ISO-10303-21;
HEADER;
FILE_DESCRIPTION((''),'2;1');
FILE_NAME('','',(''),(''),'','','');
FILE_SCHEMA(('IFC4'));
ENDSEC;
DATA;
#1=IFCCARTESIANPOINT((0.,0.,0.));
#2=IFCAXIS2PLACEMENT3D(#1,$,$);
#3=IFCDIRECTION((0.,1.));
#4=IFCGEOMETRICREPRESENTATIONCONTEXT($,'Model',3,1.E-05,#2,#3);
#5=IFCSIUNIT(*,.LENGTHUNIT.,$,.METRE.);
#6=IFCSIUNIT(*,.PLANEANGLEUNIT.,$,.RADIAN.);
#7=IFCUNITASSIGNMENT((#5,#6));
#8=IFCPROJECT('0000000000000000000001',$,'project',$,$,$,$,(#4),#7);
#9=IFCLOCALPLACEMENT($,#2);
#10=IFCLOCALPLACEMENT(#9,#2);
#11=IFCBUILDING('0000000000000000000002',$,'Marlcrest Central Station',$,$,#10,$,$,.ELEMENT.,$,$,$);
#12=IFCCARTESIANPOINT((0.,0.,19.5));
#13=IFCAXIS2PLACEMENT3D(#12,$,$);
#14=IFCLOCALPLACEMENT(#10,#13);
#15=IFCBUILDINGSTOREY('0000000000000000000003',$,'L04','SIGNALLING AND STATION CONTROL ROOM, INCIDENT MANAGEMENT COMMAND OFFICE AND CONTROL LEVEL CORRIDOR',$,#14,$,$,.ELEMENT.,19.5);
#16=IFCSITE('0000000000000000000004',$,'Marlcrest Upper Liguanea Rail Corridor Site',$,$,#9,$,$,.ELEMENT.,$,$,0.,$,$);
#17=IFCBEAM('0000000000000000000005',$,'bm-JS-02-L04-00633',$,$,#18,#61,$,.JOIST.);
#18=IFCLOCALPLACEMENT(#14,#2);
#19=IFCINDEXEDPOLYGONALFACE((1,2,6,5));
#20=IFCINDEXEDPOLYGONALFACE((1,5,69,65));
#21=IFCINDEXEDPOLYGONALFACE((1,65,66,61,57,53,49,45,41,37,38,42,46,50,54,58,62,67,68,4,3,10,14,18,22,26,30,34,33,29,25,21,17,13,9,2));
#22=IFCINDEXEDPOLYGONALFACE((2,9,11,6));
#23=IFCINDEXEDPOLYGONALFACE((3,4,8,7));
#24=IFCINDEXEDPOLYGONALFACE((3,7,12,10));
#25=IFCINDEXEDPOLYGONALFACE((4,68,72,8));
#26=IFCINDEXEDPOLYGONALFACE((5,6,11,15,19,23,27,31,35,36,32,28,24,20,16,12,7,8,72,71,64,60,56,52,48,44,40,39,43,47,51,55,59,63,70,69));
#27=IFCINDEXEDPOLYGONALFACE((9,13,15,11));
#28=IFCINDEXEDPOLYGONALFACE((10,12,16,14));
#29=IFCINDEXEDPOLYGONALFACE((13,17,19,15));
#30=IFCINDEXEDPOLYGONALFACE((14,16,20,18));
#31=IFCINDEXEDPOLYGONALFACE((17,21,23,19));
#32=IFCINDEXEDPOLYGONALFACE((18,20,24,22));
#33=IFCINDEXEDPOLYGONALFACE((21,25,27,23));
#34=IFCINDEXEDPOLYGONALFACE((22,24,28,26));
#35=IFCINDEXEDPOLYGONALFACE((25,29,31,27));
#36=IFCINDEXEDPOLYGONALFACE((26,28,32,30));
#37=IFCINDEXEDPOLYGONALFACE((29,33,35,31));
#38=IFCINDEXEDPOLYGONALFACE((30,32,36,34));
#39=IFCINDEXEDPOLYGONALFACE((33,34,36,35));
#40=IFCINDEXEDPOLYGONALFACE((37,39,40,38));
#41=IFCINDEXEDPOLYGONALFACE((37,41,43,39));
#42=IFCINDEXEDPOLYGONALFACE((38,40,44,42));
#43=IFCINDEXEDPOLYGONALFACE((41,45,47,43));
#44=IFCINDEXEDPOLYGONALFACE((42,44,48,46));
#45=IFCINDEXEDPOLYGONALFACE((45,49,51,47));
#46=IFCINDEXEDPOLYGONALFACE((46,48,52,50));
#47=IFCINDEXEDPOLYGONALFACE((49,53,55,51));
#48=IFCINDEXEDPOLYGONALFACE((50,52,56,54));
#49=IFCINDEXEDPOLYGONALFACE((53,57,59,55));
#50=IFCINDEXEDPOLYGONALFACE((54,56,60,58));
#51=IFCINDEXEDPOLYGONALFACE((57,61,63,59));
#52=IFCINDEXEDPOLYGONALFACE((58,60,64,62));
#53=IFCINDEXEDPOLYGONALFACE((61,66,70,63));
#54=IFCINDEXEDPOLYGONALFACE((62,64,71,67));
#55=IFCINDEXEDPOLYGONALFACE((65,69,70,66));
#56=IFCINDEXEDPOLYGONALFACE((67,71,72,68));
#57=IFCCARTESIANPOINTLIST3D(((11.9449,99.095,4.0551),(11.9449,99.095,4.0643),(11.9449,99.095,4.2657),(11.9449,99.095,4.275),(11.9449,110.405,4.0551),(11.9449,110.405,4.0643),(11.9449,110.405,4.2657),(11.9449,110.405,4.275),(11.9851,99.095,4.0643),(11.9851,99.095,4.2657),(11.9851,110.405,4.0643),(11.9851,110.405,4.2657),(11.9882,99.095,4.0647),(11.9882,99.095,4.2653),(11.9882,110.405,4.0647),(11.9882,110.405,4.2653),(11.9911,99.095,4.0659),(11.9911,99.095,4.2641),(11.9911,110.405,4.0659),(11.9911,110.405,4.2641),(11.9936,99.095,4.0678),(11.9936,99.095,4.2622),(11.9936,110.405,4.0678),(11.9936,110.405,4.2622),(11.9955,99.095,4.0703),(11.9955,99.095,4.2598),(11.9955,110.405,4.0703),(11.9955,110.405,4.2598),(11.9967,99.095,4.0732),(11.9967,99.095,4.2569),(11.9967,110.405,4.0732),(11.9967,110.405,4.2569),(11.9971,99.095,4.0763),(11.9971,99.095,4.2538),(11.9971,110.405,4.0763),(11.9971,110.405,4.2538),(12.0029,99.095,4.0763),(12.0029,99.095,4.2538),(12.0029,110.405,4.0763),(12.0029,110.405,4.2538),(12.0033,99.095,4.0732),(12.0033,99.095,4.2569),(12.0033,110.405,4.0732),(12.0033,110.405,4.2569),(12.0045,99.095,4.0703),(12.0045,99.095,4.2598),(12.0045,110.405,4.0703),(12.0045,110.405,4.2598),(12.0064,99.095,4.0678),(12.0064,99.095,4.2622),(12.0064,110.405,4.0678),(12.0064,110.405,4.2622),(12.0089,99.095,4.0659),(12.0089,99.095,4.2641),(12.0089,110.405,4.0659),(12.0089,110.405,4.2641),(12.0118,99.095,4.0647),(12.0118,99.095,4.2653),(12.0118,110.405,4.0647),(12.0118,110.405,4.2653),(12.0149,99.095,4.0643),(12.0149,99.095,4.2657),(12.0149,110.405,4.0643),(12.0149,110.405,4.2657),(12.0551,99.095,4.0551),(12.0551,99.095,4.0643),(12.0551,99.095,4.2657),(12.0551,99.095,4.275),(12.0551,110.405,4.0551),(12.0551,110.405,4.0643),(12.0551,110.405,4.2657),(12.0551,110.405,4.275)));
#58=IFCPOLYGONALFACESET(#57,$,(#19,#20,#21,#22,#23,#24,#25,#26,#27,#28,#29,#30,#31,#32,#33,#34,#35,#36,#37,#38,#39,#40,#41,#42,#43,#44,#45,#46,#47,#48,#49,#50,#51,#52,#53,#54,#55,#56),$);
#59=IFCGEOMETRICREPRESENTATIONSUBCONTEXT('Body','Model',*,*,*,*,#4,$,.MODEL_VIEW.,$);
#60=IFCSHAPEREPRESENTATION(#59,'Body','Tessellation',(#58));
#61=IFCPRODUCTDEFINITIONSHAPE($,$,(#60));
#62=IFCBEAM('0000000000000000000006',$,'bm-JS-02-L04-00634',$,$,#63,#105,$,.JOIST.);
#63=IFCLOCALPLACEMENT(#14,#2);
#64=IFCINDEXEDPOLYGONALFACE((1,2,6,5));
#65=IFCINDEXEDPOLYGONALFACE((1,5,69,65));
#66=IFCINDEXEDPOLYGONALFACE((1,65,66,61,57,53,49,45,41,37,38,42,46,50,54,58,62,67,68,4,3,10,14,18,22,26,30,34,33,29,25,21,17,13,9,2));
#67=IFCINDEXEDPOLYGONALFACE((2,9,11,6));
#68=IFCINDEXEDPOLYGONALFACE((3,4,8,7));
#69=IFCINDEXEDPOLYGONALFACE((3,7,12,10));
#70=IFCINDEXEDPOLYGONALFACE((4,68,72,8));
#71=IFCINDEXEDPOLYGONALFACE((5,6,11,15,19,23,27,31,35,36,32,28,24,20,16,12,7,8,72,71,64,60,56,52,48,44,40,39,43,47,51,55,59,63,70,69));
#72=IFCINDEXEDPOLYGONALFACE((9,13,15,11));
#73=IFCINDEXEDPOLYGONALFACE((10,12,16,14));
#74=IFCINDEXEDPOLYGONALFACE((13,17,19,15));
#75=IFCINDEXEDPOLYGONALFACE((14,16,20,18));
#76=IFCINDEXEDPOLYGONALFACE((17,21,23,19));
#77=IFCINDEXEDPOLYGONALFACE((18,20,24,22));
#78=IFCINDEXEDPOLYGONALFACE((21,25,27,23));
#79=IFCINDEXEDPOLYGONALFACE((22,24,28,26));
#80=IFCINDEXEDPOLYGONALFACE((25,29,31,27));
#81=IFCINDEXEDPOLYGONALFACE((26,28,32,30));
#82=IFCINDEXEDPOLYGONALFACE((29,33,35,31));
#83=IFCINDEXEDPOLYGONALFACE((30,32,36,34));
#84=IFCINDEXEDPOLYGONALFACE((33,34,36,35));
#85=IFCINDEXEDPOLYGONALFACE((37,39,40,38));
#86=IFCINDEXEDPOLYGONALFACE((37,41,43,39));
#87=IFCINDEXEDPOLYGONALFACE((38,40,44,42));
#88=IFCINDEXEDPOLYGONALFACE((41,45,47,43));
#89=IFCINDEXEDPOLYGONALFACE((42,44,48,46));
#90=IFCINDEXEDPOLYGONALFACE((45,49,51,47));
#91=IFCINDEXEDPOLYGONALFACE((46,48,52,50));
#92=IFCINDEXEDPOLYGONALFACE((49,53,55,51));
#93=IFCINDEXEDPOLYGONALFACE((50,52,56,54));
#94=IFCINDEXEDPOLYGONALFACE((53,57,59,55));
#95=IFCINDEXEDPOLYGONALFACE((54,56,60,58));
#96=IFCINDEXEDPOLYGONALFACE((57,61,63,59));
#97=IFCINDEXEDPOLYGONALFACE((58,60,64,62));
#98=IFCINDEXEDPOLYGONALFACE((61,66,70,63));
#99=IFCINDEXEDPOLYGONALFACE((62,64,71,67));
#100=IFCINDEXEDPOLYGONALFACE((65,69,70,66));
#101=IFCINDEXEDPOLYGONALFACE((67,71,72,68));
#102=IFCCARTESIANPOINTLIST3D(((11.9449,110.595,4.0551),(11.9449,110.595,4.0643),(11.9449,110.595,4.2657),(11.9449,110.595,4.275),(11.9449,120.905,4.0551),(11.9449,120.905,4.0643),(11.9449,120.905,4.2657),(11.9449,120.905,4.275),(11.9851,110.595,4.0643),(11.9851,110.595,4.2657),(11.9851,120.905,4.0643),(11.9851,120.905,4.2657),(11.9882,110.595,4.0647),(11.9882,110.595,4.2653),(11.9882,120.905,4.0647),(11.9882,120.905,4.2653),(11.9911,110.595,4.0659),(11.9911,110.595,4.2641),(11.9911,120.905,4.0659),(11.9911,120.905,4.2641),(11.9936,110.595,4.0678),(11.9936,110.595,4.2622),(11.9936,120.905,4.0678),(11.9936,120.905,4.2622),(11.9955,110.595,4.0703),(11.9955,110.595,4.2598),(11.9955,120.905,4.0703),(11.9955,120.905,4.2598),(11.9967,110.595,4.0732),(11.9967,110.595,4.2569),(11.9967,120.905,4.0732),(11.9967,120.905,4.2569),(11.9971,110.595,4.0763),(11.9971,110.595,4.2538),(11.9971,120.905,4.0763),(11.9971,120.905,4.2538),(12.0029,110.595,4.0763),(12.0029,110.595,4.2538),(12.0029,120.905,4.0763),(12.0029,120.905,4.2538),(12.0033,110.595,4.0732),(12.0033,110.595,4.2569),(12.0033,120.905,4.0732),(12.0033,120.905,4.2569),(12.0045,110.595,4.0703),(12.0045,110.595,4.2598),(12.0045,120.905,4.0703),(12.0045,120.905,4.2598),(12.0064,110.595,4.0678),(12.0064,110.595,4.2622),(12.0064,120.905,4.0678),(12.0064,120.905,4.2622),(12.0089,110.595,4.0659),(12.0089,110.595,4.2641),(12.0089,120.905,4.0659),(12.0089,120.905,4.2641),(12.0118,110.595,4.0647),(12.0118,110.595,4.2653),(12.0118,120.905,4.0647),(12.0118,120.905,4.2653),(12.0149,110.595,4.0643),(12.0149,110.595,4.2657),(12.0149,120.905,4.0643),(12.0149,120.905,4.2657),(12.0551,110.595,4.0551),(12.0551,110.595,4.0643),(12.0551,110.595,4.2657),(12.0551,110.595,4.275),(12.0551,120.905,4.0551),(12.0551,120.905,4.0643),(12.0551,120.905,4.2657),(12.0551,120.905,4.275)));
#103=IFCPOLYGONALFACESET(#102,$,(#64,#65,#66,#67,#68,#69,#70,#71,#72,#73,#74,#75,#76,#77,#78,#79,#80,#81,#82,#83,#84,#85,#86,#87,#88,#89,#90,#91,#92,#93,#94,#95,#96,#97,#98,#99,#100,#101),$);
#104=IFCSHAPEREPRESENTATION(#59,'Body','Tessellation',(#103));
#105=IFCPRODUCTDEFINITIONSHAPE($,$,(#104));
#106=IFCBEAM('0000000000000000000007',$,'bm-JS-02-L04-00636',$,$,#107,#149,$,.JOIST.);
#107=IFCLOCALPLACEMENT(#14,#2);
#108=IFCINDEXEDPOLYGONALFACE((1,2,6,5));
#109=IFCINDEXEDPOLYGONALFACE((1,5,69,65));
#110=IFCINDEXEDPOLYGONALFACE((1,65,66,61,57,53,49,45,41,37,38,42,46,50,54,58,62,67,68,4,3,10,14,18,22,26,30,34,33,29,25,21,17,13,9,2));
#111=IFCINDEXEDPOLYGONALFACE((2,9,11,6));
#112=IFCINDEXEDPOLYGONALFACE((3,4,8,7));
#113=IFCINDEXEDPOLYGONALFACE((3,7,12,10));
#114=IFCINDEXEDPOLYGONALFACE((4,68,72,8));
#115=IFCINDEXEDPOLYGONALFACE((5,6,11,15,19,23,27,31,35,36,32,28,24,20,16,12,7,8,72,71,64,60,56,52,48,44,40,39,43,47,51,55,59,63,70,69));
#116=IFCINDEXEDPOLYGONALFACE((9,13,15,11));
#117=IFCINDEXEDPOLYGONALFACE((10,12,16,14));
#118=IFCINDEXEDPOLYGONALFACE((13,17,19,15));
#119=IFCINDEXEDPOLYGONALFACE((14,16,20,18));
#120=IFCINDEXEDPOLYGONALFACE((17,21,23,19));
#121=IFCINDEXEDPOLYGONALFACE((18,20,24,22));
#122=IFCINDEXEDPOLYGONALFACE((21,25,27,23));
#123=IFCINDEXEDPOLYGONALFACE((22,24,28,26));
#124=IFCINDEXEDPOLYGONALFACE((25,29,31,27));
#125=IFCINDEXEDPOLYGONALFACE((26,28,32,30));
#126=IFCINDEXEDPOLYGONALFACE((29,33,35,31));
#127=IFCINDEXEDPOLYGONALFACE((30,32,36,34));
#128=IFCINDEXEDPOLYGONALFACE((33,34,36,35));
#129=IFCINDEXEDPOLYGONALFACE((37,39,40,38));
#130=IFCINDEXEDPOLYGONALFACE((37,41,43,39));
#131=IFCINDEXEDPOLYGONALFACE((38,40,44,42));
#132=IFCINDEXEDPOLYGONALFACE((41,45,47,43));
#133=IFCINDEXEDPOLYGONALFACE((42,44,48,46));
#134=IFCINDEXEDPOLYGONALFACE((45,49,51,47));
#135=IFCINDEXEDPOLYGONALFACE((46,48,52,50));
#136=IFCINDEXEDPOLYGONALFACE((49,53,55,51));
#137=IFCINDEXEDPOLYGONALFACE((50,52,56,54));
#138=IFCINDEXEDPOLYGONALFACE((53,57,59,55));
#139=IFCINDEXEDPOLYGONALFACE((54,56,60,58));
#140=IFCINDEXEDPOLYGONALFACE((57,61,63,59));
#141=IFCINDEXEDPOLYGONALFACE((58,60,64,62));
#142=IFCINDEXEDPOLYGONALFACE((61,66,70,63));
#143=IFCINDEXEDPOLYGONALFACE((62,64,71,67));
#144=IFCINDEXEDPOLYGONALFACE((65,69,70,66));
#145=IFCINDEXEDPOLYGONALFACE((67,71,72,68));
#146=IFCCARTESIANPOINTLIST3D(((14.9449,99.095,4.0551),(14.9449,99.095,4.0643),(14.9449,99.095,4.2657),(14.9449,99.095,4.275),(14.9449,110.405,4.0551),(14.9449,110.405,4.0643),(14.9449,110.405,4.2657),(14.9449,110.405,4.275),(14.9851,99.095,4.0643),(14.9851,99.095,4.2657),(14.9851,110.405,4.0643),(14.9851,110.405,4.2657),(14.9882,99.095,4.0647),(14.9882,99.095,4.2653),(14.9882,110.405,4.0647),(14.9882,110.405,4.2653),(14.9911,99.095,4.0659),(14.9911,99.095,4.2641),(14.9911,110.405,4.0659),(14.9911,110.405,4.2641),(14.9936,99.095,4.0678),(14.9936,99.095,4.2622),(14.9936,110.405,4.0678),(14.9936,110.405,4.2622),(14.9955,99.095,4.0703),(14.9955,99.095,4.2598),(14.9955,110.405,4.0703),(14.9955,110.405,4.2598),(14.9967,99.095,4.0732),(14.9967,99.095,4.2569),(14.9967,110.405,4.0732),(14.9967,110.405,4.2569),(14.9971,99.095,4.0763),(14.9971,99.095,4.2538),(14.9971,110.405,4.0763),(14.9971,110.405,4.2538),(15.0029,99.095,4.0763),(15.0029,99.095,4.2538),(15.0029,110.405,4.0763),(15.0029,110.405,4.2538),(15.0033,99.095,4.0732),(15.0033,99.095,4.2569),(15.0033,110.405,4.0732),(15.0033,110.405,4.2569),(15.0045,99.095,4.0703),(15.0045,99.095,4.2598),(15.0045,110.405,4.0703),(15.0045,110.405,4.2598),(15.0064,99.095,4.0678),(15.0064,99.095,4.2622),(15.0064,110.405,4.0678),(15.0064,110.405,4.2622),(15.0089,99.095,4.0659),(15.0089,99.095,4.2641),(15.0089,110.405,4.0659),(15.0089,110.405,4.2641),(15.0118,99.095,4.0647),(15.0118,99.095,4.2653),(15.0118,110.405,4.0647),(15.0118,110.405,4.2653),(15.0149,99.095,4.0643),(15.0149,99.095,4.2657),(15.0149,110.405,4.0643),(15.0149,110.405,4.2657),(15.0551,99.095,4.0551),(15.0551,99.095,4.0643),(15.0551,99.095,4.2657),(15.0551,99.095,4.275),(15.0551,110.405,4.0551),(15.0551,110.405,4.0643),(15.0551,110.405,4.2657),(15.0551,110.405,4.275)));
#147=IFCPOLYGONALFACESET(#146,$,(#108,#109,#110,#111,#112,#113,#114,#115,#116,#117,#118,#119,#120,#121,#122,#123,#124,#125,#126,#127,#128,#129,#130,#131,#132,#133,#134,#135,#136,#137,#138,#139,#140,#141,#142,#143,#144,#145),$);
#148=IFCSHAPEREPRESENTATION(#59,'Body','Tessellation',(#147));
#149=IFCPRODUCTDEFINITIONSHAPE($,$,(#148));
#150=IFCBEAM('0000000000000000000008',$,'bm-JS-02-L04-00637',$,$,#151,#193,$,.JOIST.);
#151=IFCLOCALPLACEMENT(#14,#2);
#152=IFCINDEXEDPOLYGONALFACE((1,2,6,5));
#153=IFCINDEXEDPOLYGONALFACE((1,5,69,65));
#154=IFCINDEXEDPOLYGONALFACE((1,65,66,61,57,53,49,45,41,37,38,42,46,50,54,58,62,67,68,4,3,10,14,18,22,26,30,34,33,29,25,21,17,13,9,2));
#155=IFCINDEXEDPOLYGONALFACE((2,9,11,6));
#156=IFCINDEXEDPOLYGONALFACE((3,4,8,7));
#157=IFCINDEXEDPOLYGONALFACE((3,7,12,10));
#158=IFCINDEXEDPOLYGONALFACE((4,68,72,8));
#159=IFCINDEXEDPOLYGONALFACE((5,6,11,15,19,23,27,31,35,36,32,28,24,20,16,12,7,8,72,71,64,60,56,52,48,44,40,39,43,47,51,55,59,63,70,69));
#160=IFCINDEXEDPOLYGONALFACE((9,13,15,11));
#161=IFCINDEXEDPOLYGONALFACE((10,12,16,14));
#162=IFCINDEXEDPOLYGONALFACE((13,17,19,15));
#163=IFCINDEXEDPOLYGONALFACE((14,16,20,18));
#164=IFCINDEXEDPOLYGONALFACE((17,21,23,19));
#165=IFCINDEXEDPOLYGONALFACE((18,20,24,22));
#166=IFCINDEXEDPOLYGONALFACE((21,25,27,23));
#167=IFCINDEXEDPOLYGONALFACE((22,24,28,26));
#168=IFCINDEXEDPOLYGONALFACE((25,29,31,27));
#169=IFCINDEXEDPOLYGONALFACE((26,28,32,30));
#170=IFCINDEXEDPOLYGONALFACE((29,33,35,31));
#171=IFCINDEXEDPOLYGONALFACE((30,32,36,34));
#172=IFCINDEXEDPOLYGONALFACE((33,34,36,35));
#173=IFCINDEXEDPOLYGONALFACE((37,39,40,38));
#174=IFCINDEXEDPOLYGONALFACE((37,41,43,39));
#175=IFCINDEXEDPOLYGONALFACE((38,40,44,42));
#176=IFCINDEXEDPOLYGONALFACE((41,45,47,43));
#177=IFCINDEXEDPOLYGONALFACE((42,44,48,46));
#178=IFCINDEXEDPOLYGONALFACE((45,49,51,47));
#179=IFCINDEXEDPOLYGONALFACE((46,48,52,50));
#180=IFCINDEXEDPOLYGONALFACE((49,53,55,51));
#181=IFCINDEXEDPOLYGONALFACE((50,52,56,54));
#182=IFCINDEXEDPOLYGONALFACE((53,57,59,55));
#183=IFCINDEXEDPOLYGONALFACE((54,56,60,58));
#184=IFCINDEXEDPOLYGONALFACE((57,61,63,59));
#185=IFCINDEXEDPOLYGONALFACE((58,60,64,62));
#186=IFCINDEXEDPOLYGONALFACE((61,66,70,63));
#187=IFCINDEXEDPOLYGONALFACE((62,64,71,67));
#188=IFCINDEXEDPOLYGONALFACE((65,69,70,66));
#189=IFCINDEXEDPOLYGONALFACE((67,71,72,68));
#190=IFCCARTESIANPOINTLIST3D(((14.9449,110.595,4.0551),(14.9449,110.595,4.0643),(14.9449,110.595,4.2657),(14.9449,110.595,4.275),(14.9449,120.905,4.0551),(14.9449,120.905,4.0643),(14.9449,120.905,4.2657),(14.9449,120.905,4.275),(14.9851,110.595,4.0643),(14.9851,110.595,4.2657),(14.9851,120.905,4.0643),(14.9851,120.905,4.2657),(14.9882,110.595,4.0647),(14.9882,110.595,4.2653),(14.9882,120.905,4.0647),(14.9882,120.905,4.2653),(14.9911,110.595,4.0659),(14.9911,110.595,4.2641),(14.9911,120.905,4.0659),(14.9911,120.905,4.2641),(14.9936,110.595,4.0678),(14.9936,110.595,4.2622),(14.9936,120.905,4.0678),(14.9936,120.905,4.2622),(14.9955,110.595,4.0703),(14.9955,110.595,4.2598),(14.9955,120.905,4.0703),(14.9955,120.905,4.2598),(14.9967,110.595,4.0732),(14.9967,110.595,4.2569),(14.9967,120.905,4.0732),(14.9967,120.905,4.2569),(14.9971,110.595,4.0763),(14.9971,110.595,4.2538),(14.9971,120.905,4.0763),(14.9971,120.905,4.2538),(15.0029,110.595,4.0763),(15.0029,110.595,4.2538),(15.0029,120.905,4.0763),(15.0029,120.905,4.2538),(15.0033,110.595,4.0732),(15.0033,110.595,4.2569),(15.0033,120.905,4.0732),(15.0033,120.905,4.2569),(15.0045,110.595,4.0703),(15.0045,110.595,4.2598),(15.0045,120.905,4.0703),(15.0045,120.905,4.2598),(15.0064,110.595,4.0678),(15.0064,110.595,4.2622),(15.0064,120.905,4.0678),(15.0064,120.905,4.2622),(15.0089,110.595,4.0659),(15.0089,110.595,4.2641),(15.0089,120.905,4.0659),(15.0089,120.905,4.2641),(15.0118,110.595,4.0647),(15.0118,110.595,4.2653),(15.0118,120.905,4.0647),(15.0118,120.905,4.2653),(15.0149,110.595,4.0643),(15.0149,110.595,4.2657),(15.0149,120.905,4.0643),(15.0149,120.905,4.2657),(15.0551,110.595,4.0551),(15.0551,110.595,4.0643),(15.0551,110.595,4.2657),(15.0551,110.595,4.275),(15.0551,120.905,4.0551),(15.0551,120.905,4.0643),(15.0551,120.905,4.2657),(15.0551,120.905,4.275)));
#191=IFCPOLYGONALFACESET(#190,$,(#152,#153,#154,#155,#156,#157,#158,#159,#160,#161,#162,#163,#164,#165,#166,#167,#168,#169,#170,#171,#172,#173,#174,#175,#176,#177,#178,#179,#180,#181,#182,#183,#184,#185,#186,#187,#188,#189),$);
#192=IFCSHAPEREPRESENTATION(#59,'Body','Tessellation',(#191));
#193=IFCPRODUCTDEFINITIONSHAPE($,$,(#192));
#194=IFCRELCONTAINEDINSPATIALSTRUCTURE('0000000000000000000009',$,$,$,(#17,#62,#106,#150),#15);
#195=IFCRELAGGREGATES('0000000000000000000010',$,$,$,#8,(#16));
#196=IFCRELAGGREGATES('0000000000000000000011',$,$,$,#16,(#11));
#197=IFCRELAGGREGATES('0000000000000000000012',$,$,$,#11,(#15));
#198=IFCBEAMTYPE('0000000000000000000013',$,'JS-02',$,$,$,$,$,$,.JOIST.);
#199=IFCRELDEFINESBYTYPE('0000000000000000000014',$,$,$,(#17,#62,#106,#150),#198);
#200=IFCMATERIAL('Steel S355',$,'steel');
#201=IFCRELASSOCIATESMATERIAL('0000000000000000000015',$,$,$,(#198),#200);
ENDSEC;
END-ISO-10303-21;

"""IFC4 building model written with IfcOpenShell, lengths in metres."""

from ifc_helpers import new_model, si_unit, direction, frame, origin, origin_2d, place, context, subcontext, project, spatial, i_section, extrude, material, material_profile, profile_set, type_object, element, save


model = new_model("IFC4")

# Units and contexts
model_context = context("Model", 3, precision=1e-05, world=origin(), true_north=direction((0.0, 1.0)))
body_context = subcontext(model_context, "Body", "Model", "MODEL_VIEW")
ifc_project = project(units=[si_unit("LENGTHUNIT", "METRE"), si_unit("PLANEANGLEUNIT", "RADIAN")], contexts=[model_context])

# Site, building, storey
site_placement = place(None, origin())
site = spatial("IfcSite", under=ifc_project, at=site_placement, Name="Marlcrest Upper Liguanea Rail Corridor Site", CompositionType="ELEMENT", RefElevation=0.0)
building_placement = place(site_placement, origin())
building = spatial("IfcBuilding", under=site, at=building_placement, Name="Marlcrest Central Station", CompositionType="ELEMENT")
storey_placement = place(building_placement, frame((0.0, 0.0, 19.5)))
storey = spatial("IfcBuildingStorey", under=building, at=storey_placement, Name="L04", Description="SIGNALLING AND STATION CONTROL ROOM, INCIDENT MANAGEMENT COMMAND OFFICE AND CONTROL LEVEL CORRIDOR", CompositionType="ELEMENT", Elevation=19.5)

# Shared definitions
ifc_material_1 = material(Name="Steel S355", Category="steel")

# Beams
ifc_material_profile_1 = material_profile(ifc_material_1, i_section(OverallWidth=0.1101, OverallDepth=0.22, WebThickness=0.0059, FlangeThickness=0.0093, FilletRadius=0.012, at=origin_2d()), Name="IPE 220")
ifc_profile_set_1 = profile_set([ifc_material_profile_1], Name="Steel S355")
beam_type_1 = type_object("IfcBeamType", Name="JS-02", PredefinedType="JOIST", material=ifc_profile_set_1)
beam_1_placement = place(storey_placement, frame((12.0, 99.095, 4.165), z_axis=(0.0, 1.0, 0.0), x_axis=(-1.0, 0.0, 0.0)))
element("IfcBeam", 1, at=beam_1_placement, inside=storey, type_object=beam_type_1, Name="bm-JS-02-L04-00633", PredefinedType="JOIST", context=body_context, shape_type="SweptSolid", body=[
    extrude(i_section(OverallWidth=0.1101, OverallDepth=0.22, WebThickness=0.0059, FlangeThickness=0.0093, FilletRadius=0.012, at=origin_2d()), origin(), (0.0, 0.0, 1.0), 11.3101),
])
beam_2_placement = place(storey_placement, frame((12.0, 110.595, 4.165), z_axis=(0.0, 1.0, 0.0), x_axis=(-1.0, 0.0, 0.0)))
element("IfcBeam", 2, at=beam_2_placement, inside=storey, type_object=beam_type_1, Name="bm-JS-02-L04-00634", PredefinedType="JOIST", context=body_context, shape_type="SweptSolid", body=[
    extrude(i_section(OverallWidth=0.1101, OverallDepth=0.22, WebThickness=0.0059, FlangeThickness=0.0093, FilletRadius=0.012, at=origin_2d()), origin(), (0.0, 0.0, 1.0), 10.3101),
])
beam_3_placement = place(storey_placement, frame((15.0, 99.095, 4.165), z_axis=(0.0, 1.0, 0.0), x_axis=(-1.0, 0.0, 0.0)))
element("IfcBeam", 3, at=beam_3_placement, inside=storey, type_object=beam_type_1, Name="bm-JS-02-L04-00636", PredefinedType="JOIST", context=body_context, shape_type="SweptSolid", body=[
    extrude(i_section(OverallWidth=0.1101, OverallDepth=0.22, WebThickness=0.0059, FlangeThickness=0.0093, FilletRadius=0.012, at=origin_2d()), origin(), (0.0, 0.0, 1.0), 11.3101),
])
beam_4_placement = place(storey_placement, frame((15.0, 110.595, 4.165), z_axis=(0.0, 1.0, 0.0), x_axis=(-1.0, 0.0, 0.0)))
element("IfcBeam", 4, at=beam_4_placement, inside=storey, type_object=beam_type_1, Name="bm-JS-02-L04-00637", PredefinedType="JOIST", context=body_context, shape_type="SweptSolid", body=[
    extrude(i_section(OverallWidth=0.1101, OverallDepth=0.22, WebThickness=0.0059, FlangeThickness=0.0093, FilletRadius=0.012, at=origin_2d()), origin(), (0.0, 0.0, 1.0), 10.3101),
])

save(model, "model.ifc")
